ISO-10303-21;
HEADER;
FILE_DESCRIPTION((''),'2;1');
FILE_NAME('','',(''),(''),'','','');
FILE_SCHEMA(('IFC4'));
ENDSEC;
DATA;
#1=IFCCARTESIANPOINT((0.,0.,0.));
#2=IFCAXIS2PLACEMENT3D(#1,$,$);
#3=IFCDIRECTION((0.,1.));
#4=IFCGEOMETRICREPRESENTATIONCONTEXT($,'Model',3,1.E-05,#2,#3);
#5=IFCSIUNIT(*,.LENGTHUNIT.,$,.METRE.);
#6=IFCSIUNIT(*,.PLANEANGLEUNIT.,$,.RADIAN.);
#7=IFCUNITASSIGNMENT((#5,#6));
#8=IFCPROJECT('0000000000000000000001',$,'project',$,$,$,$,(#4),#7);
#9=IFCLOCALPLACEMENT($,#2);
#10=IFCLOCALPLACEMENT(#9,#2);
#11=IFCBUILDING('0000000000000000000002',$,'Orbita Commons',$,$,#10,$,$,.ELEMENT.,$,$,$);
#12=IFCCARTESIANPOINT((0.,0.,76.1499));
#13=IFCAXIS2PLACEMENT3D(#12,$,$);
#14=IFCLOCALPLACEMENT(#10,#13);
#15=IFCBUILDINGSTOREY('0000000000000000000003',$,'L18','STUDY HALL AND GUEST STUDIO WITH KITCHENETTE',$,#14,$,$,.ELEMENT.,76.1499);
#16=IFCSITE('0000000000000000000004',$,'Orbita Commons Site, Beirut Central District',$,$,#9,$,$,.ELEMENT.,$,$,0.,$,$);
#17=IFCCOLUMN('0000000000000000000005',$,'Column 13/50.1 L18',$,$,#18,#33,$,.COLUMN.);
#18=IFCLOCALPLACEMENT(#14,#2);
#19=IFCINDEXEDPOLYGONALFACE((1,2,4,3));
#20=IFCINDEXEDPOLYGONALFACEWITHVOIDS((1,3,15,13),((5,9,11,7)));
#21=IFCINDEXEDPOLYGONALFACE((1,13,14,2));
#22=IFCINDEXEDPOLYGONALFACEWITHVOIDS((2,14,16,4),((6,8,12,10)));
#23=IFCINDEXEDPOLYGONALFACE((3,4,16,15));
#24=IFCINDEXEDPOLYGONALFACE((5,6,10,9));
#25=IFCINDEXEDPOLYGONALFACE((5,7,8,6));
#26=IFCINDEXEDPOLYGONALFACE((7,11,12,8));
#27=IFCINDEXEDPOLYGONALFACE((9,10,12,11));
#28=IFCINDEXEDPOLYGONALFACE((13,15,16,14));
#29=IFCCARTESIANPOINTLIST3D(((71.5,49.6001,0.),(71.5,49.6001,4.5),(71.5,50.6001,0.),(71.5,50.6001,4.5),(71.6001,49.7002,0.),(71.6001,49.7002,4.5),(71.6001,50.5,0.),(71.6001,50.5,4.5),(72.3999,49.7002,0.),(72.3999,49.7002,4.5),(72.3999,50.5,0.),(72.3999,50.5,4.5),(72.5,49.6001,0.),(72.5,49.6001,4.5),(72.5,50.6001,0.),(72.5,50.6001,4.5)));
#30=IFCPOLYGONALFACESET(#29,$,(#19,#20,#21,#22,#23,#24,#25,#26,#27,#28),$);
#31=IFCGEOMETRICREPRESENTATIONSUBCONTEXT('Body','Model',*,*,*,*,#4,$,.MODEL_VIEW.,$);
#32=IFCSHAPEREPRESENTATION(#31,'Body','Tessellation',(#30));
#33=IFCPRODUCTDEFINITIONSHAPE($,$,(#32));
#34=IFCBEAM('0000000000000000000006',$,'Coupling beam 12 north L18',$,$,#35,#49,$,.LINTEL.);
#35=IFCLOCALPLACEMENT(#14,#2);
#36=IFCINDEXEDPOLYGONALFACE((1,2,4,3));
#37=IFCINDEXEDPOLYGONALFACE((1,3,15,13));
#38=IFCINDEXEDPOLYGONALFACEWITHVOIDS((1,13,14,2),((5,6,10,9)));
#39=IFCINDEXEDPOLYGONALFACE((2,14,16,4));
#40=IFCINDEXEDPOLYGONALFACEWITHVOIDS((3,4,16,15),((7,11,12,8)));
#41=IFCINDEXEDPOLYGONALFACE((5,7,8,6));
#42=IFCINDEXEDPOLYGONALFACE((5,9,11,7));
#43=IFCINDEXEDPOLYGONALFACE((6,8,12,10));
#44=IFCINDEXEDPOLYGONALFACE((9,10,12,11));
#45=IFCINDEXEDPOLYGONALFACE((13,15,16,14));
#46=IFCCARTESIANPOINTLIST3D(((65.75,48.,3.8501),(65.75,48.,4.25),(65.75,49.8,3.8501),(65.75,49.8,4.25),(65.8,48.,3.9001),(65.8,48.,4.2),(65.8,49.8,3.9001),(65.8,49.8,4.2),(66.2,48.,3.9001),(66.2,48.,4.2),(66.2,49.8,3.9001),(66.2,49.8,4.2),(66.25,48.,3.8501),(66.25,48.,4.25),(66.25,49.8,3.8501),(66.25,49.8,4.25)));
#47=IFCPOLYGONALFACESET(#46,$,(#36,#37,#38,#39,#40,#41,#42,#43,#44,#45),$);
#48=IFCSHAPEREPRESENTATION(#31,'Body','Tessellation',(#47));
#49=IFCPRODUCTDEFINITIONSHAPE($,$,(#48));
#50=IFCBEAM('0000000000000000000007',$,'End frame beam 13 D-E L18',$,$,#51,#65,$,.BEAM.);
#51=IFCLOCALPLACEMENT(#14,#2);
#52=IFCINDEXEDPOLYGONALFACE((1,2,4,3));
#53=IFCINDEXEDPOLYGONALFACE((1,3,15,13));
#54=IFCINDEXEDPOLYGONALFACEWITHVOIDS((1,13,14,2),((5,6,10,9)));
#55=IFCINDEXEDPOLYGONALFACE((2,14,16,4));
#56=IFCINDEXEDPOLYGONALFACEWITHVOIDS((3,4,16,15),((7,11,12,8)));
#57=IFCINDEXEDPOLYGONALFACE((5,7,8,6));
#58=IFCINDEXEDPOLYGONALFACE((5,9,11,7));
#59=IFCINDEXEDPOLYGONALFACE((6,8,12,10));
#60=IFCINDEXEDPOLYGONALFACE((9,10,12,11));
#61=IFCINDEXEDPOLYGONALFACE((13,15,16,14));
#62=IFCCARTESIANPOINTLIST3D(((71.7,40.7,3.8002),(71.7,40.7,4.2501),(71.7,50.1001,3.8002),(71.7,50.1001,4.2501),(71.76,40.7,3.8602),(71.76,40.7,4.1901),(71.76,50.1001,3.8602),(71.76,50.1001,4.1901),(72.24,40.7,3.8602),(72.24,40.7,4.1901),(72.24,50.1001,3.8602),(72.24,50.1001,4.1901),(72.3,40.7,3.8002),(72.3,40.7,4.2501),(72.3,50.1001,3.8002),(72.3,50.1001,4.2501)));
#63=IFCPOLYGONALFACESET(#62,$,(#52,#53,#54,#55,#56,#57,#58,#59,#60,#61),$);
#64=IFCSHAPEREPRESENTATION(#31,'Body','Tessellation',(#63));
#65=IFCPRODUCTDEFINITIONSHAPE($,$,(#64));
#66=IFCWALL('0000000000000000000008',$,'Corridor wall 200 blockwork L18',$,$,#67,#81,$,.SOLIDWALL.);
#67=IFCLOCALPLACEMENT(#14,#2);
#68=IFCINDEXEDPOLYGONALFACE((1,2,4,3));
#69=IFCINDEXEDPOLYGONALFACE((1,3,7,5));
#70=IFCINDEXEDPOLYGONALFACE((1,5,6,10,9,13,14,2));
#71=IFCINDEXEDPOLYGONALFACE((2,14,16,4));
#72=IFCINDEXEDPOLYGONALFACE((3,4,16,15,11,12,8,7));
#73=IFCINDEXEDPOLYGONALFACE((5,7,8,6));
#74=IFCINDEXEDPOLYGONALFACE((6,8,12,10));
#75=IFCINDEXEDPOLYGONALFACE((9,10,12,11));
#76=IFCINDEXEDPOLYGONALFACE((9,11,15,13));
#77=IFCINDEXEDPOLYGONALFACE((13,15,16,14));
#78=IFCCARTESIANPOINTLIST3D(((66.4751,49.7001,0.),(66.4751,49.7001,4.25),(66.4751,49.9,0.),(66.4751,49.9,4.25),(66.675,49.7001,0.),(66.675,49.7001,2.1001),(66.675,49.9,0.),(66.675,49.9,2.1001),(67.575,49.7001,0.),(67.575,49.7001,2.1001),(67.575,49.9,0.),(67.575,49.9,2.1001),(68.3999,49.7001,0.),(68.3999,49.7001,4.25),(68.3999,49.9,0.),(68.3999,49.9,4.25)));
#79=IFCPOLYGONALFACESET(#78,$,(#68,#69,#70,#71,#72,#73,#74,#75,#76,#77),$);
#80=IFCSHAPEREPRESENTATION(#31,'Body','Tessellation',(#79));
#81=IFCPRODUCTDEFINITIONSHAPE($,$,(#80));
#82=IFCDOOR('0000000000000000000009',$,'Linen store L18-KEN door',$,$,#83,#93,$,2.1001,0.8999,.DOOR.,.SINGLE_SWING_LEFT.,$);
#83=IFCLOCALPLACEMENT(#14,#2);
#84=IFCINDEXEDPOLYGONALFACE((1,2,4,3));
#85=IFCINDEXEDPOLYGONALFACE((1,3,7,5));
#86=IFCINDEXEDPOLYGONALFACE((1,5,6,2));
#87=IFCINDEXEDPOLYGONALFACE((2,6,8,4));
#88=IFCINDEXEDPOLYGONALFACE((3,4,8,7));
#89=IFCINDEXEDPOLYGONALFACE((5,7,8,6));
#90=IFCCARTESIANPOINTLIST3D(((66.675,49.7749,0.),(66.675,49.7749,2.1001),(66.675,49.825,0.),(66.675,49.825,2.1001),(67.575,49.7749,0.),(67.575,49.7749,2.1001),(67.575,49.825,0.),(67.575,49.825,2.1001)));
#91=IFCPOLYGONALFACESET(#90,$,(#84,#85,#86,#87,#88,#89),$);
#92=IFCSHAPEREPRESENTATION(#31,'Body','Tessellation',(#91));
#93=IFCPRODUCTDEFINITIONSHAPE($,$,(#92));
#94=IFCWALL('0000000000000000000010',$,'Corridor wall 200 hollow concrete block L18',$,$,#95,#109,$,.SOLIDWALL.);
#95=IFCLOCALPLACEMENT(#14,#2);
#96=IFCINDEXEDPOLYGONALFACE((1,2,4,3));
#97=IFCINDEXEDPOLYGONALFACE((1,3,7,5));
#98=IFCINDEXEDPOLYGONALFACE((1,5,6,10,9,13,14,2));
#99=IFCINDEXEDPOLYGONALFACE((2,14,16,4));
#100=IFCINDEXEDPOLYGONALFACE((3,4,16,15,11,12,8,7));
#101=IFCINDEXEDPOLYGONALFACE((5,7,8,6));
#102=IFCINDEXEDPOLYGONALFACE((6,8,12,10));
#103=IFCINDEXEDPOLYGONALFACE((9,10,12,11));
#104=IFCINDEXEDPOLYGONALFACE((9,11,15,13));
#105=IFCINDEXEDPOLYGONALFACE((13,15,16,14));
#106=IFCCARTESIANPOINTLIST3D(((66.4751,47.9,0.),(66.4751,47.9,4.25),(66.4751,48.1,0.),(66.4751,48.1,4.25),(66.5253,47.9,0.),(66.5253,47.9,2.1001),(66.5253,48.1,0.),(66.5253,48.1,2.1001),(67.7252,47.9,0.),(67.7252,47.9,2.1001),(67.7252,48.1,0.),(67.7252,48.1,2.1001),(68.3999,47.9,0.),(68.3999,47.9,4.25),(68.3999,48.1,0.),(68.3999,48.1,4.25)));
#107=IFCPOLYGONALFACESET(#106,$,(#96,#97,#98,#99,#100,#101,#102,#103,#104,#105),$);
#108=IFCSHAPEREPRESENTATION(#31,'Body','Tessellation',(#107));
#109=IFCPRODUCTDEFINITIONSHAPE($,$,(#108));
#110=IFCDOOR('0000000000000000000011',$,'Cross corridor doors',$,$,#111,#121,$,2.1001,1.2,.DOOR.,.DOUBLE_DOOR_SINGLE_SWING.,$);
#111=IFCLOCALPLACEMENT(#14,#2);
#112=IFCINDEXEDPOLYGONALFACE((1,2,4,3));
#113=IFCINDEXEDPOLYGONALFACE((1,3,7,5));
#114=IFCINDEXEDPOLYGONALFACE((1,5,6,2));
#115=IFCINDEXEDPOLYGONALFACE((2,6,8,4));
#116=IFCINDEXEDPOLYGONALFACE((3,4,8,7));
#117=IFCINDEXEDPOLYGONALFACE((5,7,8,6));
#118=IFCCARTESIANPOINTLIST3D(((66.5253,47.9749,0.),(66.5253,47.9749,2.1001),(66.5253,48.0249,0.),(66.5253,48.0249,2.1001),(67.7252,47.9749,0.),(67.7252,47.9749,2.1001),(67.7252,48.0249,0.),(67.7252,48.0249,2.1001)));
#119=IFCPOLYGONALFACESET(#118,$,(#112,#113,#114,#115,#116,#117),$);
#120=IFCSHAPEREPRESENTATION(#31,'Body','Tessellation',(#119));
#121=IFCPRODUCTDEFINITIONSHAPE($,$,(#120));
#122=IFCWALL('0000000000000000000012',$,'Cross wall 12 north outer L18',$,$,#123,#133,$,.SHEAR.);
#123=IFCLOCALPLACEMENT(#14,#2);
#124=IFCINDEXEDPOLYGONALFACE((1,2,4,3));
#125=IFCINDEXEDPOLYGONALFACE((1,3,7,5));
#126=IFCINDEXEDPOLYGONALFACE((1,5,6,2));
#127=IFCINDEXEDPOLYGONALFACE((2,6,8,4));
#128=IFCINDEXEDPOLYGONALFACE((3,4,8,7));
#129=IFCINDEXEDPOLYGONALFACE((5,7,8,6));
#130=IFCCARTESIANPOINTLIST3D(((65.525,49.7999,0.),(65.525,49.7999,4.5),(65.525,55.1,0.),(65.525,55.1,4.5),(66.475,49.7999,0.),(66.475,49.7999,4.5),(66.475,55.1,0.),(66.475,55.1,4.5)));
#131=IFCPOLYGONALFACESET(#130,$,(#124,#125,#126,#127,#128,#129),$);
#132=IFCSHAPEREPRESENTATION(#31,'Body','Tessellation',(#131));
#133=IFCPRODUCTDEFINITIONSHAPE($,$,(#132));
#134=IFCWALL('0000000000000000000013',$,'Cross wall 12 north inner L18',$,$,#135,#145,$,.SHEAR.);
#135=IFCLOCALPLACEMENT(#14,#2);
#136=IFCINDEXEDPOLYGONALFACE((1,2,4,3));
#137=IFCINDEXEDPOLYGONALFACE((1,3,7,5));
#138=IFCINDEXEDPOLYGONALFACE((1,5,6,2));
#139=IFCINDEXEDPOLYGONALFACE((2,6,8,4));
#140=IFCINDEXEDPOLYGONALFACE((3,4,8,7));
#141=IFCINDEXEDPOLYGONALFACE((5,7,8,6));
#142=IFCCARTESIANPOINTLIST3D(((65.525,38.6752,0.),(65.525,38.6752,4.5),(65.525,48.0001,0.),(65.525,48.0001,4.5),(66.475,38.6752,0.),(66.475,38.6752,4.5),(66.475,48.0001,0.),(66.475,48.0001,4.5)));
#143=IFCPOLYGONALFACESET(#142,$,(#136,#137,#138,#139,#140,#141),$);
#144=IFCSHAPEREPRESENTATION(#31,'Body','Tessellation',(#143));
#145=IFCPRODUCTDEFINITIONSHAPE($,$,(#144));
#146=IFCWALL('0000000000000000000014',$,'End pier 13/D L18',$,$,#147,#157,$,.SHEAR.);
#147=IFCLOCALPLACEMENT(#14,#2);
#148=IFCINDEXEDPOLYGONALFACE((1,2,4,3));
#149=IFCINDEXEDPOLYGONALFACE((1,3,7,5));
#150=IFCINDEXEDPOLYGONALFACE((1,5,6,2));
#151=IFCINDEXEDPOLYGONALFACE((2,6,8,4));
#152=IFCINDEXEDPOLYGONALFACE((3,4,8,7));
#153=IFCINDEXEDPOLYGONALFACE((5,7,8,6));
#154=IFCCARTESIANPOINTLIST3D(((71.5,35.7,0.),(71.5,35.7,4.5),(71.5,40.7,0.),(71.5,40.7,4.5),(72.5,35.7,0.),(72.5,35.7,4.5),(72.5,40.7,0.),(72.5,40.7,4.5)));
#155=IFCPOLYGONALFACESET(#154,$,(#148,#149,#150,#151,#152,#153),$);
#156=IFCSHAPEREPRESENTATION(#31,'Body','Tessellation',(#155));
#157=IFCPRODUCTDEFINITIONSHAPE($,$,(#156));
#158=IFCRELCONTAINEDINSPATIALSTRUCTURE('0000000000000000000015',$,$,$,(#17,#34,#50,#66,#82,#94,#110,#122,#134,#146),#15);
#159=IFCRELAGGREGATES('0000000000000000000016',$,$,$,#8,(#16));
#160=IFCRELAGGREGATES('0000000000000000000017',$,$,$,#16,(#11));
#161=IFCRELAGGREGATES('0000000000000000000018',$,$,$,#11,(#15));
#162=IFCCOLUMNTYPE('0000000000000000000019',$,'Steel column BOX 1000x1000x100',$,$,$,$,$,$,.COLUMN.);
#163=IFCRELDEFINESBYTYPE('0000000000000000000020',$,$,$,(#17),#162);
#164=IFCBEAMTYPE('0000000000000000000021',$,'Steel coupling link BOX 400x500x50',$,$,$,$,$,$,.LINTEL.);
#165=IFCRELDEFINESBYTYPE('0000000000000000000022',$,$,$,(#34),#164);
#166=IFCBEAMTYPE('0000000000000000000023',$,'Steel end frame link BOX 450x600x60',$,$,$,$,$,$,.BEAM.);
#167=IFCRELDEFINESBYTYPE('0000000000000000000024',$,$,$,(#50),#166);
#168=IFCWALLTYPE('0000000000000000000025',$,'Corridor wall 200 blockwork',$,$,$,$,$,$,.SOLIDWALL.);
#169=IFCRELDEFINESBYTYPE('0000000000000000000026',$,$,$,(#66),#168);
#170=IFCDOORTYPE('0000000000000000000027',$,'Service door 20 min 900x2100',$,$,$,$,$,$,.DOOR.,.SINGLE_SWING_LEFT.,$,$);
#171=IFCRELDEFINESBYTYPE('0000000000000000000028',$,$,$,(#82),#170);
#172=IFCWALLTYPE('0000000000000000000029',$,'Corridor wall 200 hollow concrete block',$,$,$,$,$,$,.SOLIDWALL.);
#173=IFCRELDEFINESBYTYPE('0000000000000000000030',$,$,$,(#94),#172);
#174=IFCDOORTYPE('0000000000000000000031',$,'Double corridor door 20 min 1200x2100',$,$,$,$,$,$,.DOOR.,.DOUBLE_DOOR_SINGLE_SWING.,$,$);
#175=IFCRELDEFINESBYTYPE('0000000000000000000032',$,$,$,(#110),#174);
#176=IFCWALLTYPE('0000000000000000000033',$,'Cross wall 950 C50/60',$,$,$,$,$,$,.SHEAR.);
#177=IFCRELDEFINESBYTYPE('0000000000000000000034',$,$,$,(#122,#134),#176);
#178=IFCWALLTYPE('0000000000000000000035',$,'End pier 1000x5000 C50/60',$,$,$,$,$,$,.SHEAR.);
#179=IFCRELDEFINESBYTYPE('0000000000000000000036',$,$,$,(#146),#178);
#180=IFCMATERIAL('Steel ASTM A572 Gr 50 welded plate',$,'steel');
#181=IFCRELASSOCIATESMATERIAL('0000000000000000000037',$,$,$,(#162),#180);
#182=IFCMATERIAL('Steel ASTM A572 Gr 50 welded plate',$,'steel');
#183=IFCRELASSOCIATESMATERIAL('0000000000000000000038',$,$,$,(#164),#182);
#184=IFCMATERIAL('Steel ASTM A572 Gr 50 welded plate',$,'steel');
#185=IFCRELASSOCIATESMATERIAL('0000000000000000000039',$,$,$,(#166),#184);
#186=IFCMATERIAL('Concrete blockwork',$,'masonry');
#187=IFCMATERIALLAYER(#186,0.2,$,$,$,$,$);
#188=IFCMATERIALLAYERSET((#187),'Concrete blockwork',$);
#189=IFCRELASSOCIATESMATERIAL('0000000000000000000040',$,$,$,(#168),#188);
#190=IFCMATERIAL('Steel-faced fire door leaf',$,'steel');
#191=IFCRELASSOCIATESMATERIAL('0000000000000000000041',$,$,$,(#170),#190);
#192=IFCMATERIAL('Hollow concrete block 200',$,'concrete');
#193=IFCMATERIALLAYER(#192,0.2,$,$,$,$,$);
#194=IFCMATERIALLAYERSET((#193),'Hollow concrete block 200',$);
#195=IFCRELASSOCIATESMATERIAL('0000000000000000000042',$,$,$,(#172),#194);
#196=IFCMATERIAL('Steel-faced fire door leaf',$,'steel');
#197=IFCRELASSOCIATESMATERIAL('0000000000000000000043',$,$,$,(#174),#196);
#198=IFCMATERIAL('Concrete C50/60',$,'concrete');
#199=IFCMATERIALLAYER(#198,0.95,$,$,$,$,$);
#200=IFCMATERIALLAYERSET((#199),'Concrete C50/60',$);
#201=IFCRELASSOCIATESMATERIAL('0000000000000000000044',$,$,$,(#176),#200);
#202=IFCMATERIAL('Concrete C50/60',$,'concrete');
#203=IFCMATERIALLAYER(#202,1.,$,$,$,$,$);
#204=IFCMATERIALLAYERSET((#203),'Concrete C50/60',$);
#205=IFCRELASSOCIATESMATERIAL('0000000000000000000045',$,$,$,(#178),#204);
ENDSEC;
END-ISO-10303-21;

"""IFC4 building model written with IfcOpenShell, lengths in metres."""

from ifc_helpers import new_model, si_unit, direction, frame, frame_2d, origin, origin_2d, place, context, subcontext, project, spatial, rectangle, hollow_rectangle, extrude, material, layer, layer_set, material_profile, profile_set, type_object, element, fill, save


model = new_model("IFC4")

# Units and contexts
model_context = context("Model", 3, precision=1e-05, world=origin(), true_north=direction((0.0, 1.0)))
body_context = subcontext(model_context, "Body", "Model", "MODEL_VIEW")
ifc_project = project(units=[si_unit("LENGTHUNIT", "METRE"), si_unit("PLANEANGLEUNIT", "RADIAN")], contexts=[model_context])

# Site, building, storey
site_placement = place(None, origin())
site = spatial("IfcSite", under=ifc_project, at=site_placement, Name="Orbita Commons Site, Beirut Central District", CompositionType="ELEMENT", RefElevation=0.0)
building_placement = place(site_placement, origin())
building = spatial("IfcBuilding", under=site, at=building_placement, Name="Orbita Commons", CompositionType="ELEMENT")
storey_placement = place(building_placement, frame((0.0, 0.0, 76.1499)))
storey = spatial("IfcBuildingStorey", under=building, at=storey_placement, Name="L18", Description="STUDY HALL AND GUEST STUDIO WITH KITCHENETTE", CompositionType="ELEMENT", Elevation=76.1499)

# Column
ifc_material_1 = material(Name="Steel ASTM A572 Gr 50 welded plate", Category="steel")
ifc_material_profile_1 = material_profile(ifc_material_1, hollow_rectangle(XDim=1.0, YDim=1.0, WallThickness=0.1001, at=origin_2d()), Name="BOX 1000x1000x100")
ifc_profile_set_1 = profile_set([ifc_material_profile_1], Name="Steel ASTM A572 Gr 50 welded plate")
column_type = type_object("IfcColumnType", Name="Steel column BOX 1000x1000x100", PredefinedType="COLUMN", material=ifc_profile_set_1)
column_placement = place(storey_placement, frame((72.0, 50.1001, 0.0), z_axis=(0.0, 0.0, 1.0), x_axis=(1.0, 0.0, 0.0)))
element("IfcColumn", 1, at=column_placement, inside=storey, type_object=column_type, Name="Column 13/50.1 L18", PredefinedType="COLUMN", context=body_context, shape_type="SweptSolid", body=[
    extrude(hollow_rectangle(XDim=1.0, YDim=1.0, WallThickness=0.1001, at=origin_2d()), origin(), (0.0, 0.0, 1.0), 4.5),
])

# Beams
ifc_material_2 = material(Name="Steel ASTM A572 Gr 50 welded plate", Category="steel")
ifc_material_profile_2 = material_profile(ifc_material_2, hollow_rectangle(XDim=0.5, YDim=0.3999, WallThickness=0.05, at=origin_2d()), Name="BOX 400x500x50")
ifc_profile_set_2 = profile_set([ifc_material_profile_2], Name="Steel ASTM A572 Gr 50 welded plate")
beam_type_1 = type_object("IfcBeamType", Name="Steel coupling link BOX 400x500x50", PredefinedType="LINTEL", material=ifc_profile_set_2)
beam_1_placement = place(storey_placement, frame((66.0, 48.0, 4.05), z_axis=(0.0, 1.0, 0.0), x_axis=(-1.0, 0.0, 0.0)))
element("IfcBeam", 2, at=beam_1_placement, inside=storey, type_object=beam_type_1, Name="Coupling beam 12 north L18", PredefinedType="LINTEL", context=body_context, shape_type="SweptSolid", body=[
    extrude(hollow_rectangle(XDim=0.5, YDim=0.3999, WallThickness=0.05, at=origin_2d()), origin(), (0.0, 0.0, 1.0), 1.8),
])
ifc_material_3 = material(Name="Steel ASTM A572 Gr 50 welded plate", Category="steel")
ifc_material_profile_3 = material_profile(ifc_material_3, hollow_rectangle(XDim=0.6001, YDim=0.45, WallThickness=0.0601, at=origin_2d()), Name="BOX 450x600x60")
ifc_profile_set_3 = profile_set([ifc_material_profile_3], Name="Steel ASTM A572 Gr 50 welded plate")
beam_type_2 = type_object("IfcBeamType", Name="Steel end frame link BOX 450x600x60", PredefinedType="BEAM", material=ifc_profile_set_3)
beam_2_placement = place(storey_placement, frame((72.0, 40.7, 4.0251), z_axis=(0.0, 1.0, 0.0), x_axis=(-1.0, 0.0, 0.0)))
element("IfcBeam", 3, at=beam_2_placement, inside=storey, type_object=beam_type_2, Name="End frame beam 13 D-E L18", PredefinedType="BEAM", context=body_context, shape_type="SweptSolid", body=[
    extrude(hollow_rectangle(XDim=0.6001, YDim=0.45, WallThickness=0.0601, at=origin_2d()), origin(), (0.0, 0.0, 1.0), 9.4001),
])

# Walls, openings, doors
ifc_material_4 = material(Name="Concrete blockwork", Category="masonry")
ifc_layer_1 = layer(ifc_material_4, 0.2)
ifc_layer_set_1 = layer_set([ifc_layer_1], Name="Concrete blockwork")
wall_type_1 = type_object("IfcWallType", Name="Corridor wall 200 blockwork", PredefinedType="SOLIDWALL", material=ifc_layer_set_1)
wall_1_placement = place(storey_placement, frame((66.4751, 49.8, 0.0), z_axis=(0.0, 0.0, 1.0), x_axis=(1.0, 0.0, 0.0)))
wall_1 = element("IfcWall", 4, at=wall_1_placement, inside=storey, type_object=wall_type_1, Name="Corridor wall 200 blockwork L18", PredefinedType="SOLIDWALL", context=body_context, shape_type="SweptSolid", body=[
    extrude(rectangle(XDim=1.9248, YDim=0.2, at=frame_2d((0.9624, 0.0))), origin(), (0.0, 0.0, 1.0), 4.25),
])
opening_1_placement = place(wall_1_placement, frame((0.2, 0.0, 0.0)))
opening_1 = element("IfcOpeningElement", 5, at=opening_1_placement, cuts=wall_1, PredefinedType="OPENING", context=body_context, shape_type="SweptSolid", body=[
    extrude(rectangle(XDim=0.8999, YDim=2.1001, at=frame_2d((0.45, 1.05))), frame((0.0, 0.1099, 0.0), z_axis=(0.0, -1.0, 0.0), x_axis=(1.0, 0.0, 0.0)), (0.0, 0.0, 1.0), 0.22),
])
ifc_material_5 = material(Name="Steel-faced fire door leaf", Category="steel")
door_type_1 = type_object("IfcDoorType", Name="Service door 20 min 900x2100", OperationType="SINGLE_SWING_LEFT", PredefinedType="DOOR", material=ifc_material_5)
door_1_placement = place(opening_1_placement, origin())
door_1 = element("IfcDoor", 6, at=door_1_placement, inside=storey, type_object=door_type_1, Name="Linen store L18-KEN door", OperationType="SINGLE_SWING_LEFT", OverallHeight=2.1001, OverallWidth=0.8999, PredefinedType="DOOR", context=body_context, shape_type="SweptSolid", body=[
    extrude(rectangle(XDim=0.8999, YDim=2.1001, at=frame_2d((0.45, 1.05))), frame((0.0, 0.0249, 0.0), z_axis=(0.0, -1.0, 0.0), x_axis=(1.0, 0.0, 0.0)), (0.0, 0.0, 1.0), 0.05),
])
fill(opening_1, door_1)
ifc_material_6 = material(Name="Hollow concrete block 200", Category="concrete")
ifc_layer_2 = layer(ifc_material_6, 0.2)
ifc_layer_set_2 = layer_set([ifc_layer_2], Name="Hollow concrete block 200")
wall_type_2 = type_object("IfcWallType", Name="Corridor wall 200 hollow concrete block", PredefinedType="SOLIDWALL", material=ifc_layer_set_2)
wall_2_placement = place(storey_placement, frame((66.4751, 48.0, 0.0), z_axis=(0.0, 0.0, 1.0), x_axis=(1.0, 0.0, 0.0)))
wall_2 = element("IfcWall", 7, at=wall_2_placement, inside=storey, type_object=wall_type_2, Name="Corridor wall 200 hollow concrete block L18", PredefinedType="SOLIDWALL", context=body_context, shape_type="SweptSolid", body=[
    extrude(rectangle(XDim=1.9248, YDim=0.2, at=frame_2d((0.9624, 0.0))), origin(), (0.0, 0.0, 1.0), 4.25),
])
opening_2_placement = place(wall_2_placement, frame((0.05, 0.0, 0.0)))
opening_2 = element("IfcOpeningElement", 8, at=opening_2_placement, cuts=wall_2, PredefinedType="OPENING", context=body_context, shape_type="SweptSolid", body=[
    extrude(rectangle(XDim=1.2, YDim=2.1001, at=frame_2d((0.6001, 1.05))), frame((0.0, 0.1099, 0.0), z_axis=(0.0, -1.0, 0.0), x_axis=(1.0, 0.0, 0.0)), (0.0, 0.0, 1.0), 0.22),
])
ifc_material_7 = material(Name="Steel-faced fire door leaf", Category="steel")
door_type_2 = type_object("IfcDoorType", Name="Double corridor door 20 min 1200x2100", OperationType="DOUBLE_DOOR_SINGLE_SWING", PredefinedType="DOOR", material=ifc_material_7)
door_2_placement = place(opening_2_placement, origin())
door_2 = element("IfcDoor", 9, at=door_2_placement, inside=storey, type_object=door_type_2, Name="Cross corridor doors", OperationType="DOUBLE_DOOR_SINGLE_SWING", OverallHeight=2.1001, OverallWidth=1.2, PredefinedType="DOOR", context=body_context, shape_type="SweptSolid", body=[
    extrude(rectangle(XDim=1.2, YDim=2.1001, at=frame_2d((0.6001, 1.05))), frame((0.0, 0.0249, 0.0), z_axis=(0.0, -1.0, 0.0), x_axis=(1.0, 0.0, 0.0)), (0.0, 0.0, 1.0), 0.05),
])
fill(opening_2, door_2)

# Walls
ifc_material_8 = material(Name="Concrete C50/60", Category="concrete")
ifc_layer_3 = layer(ifc_material_8, 0.95)
ifc_layer_set_3 = layer_set([ifc_layer_3], Name="Concrete C50/60")
wall_type_3 = type_object("IfcWallType", Name="Cross wall 950 C50/60", PredefinedType="SHEAR", material=ifc_layer_set_3)
wall_3_placement = place(storey_placement, frame((66.0, 49.8, 0.0), z_axis=(0.0, 0.0, 1.0), x_axis=(0.0, 1.0, 0.0)))
element("IfcWall", 10, at=wall_3_placement, inside=storey, type_object=wall_type_3, Name="Cross wall 12 north outer L18", PredefinedType="SHEAR", context=body_context, shape_type="SweptSolid", body=[
    extrude(rectangle(XDim=5.3, YDim=0.95, at=frame_2d((2.6499, 0.0))), origin(), (0.0, 0.0, 1.0), 4.5),
])
wall_4_placement = place(storey_placement, frame((66.0, 38.675, 0.0), z_axis=(0.0, 0.0, 1.0), x_axis=(0.0, 1.0, 0.0)))
element("IfcWall", 11, at=wall_4_placement, inside=storey, type_object=wall_type_3, Name="Cross wall 12 north inner L18", PredefinedType="SHEAR", context=body_context, shape_type="SweptSolid", body=[
    extrude(rectangle(XDim=9.325, YDim=0.95, at=frame_2d((4.6626, 0.0))), origin(), (0.0, 0.0, 1.0), 4.5),
])
ifc_material_9 = material(Name="Concrete C50/60", Category="concrete")
ifc_layer_4 = layer(ifc_material_9, 1.0)
ifc_layer_set_4 = layer_set([ifc_layer_4], Name="Concrete C50/60")
wall_type_4 = type_object("IfcWallType", Name="End pier 1000x5000 C50/60", PredefinedType="SHEAR", material=ifc_layer_set_4)
wall_5_placement = place(storey_placement, frame((72.0, 35.7, 0.0), z_axis=(0.0, 0.0, 1.0), x_axis=(0.0, 1.0, 0.0)))
element("IfcWall", 12, at=wall_5_placement, inside=storey, type_object=wall_type_4, Name="End pier 13/D L18", PredefinedType="SHEAR", context=body_context, shape_type="SweptSolid", body=[
    extrude(rectangle(XDim=5.0, YDim=1.0, at=frame_2d((2.5, 0.0))), origin(), (0.0, 0.0, 1.0), 4.5),
])

save(model, "model.ifc")
